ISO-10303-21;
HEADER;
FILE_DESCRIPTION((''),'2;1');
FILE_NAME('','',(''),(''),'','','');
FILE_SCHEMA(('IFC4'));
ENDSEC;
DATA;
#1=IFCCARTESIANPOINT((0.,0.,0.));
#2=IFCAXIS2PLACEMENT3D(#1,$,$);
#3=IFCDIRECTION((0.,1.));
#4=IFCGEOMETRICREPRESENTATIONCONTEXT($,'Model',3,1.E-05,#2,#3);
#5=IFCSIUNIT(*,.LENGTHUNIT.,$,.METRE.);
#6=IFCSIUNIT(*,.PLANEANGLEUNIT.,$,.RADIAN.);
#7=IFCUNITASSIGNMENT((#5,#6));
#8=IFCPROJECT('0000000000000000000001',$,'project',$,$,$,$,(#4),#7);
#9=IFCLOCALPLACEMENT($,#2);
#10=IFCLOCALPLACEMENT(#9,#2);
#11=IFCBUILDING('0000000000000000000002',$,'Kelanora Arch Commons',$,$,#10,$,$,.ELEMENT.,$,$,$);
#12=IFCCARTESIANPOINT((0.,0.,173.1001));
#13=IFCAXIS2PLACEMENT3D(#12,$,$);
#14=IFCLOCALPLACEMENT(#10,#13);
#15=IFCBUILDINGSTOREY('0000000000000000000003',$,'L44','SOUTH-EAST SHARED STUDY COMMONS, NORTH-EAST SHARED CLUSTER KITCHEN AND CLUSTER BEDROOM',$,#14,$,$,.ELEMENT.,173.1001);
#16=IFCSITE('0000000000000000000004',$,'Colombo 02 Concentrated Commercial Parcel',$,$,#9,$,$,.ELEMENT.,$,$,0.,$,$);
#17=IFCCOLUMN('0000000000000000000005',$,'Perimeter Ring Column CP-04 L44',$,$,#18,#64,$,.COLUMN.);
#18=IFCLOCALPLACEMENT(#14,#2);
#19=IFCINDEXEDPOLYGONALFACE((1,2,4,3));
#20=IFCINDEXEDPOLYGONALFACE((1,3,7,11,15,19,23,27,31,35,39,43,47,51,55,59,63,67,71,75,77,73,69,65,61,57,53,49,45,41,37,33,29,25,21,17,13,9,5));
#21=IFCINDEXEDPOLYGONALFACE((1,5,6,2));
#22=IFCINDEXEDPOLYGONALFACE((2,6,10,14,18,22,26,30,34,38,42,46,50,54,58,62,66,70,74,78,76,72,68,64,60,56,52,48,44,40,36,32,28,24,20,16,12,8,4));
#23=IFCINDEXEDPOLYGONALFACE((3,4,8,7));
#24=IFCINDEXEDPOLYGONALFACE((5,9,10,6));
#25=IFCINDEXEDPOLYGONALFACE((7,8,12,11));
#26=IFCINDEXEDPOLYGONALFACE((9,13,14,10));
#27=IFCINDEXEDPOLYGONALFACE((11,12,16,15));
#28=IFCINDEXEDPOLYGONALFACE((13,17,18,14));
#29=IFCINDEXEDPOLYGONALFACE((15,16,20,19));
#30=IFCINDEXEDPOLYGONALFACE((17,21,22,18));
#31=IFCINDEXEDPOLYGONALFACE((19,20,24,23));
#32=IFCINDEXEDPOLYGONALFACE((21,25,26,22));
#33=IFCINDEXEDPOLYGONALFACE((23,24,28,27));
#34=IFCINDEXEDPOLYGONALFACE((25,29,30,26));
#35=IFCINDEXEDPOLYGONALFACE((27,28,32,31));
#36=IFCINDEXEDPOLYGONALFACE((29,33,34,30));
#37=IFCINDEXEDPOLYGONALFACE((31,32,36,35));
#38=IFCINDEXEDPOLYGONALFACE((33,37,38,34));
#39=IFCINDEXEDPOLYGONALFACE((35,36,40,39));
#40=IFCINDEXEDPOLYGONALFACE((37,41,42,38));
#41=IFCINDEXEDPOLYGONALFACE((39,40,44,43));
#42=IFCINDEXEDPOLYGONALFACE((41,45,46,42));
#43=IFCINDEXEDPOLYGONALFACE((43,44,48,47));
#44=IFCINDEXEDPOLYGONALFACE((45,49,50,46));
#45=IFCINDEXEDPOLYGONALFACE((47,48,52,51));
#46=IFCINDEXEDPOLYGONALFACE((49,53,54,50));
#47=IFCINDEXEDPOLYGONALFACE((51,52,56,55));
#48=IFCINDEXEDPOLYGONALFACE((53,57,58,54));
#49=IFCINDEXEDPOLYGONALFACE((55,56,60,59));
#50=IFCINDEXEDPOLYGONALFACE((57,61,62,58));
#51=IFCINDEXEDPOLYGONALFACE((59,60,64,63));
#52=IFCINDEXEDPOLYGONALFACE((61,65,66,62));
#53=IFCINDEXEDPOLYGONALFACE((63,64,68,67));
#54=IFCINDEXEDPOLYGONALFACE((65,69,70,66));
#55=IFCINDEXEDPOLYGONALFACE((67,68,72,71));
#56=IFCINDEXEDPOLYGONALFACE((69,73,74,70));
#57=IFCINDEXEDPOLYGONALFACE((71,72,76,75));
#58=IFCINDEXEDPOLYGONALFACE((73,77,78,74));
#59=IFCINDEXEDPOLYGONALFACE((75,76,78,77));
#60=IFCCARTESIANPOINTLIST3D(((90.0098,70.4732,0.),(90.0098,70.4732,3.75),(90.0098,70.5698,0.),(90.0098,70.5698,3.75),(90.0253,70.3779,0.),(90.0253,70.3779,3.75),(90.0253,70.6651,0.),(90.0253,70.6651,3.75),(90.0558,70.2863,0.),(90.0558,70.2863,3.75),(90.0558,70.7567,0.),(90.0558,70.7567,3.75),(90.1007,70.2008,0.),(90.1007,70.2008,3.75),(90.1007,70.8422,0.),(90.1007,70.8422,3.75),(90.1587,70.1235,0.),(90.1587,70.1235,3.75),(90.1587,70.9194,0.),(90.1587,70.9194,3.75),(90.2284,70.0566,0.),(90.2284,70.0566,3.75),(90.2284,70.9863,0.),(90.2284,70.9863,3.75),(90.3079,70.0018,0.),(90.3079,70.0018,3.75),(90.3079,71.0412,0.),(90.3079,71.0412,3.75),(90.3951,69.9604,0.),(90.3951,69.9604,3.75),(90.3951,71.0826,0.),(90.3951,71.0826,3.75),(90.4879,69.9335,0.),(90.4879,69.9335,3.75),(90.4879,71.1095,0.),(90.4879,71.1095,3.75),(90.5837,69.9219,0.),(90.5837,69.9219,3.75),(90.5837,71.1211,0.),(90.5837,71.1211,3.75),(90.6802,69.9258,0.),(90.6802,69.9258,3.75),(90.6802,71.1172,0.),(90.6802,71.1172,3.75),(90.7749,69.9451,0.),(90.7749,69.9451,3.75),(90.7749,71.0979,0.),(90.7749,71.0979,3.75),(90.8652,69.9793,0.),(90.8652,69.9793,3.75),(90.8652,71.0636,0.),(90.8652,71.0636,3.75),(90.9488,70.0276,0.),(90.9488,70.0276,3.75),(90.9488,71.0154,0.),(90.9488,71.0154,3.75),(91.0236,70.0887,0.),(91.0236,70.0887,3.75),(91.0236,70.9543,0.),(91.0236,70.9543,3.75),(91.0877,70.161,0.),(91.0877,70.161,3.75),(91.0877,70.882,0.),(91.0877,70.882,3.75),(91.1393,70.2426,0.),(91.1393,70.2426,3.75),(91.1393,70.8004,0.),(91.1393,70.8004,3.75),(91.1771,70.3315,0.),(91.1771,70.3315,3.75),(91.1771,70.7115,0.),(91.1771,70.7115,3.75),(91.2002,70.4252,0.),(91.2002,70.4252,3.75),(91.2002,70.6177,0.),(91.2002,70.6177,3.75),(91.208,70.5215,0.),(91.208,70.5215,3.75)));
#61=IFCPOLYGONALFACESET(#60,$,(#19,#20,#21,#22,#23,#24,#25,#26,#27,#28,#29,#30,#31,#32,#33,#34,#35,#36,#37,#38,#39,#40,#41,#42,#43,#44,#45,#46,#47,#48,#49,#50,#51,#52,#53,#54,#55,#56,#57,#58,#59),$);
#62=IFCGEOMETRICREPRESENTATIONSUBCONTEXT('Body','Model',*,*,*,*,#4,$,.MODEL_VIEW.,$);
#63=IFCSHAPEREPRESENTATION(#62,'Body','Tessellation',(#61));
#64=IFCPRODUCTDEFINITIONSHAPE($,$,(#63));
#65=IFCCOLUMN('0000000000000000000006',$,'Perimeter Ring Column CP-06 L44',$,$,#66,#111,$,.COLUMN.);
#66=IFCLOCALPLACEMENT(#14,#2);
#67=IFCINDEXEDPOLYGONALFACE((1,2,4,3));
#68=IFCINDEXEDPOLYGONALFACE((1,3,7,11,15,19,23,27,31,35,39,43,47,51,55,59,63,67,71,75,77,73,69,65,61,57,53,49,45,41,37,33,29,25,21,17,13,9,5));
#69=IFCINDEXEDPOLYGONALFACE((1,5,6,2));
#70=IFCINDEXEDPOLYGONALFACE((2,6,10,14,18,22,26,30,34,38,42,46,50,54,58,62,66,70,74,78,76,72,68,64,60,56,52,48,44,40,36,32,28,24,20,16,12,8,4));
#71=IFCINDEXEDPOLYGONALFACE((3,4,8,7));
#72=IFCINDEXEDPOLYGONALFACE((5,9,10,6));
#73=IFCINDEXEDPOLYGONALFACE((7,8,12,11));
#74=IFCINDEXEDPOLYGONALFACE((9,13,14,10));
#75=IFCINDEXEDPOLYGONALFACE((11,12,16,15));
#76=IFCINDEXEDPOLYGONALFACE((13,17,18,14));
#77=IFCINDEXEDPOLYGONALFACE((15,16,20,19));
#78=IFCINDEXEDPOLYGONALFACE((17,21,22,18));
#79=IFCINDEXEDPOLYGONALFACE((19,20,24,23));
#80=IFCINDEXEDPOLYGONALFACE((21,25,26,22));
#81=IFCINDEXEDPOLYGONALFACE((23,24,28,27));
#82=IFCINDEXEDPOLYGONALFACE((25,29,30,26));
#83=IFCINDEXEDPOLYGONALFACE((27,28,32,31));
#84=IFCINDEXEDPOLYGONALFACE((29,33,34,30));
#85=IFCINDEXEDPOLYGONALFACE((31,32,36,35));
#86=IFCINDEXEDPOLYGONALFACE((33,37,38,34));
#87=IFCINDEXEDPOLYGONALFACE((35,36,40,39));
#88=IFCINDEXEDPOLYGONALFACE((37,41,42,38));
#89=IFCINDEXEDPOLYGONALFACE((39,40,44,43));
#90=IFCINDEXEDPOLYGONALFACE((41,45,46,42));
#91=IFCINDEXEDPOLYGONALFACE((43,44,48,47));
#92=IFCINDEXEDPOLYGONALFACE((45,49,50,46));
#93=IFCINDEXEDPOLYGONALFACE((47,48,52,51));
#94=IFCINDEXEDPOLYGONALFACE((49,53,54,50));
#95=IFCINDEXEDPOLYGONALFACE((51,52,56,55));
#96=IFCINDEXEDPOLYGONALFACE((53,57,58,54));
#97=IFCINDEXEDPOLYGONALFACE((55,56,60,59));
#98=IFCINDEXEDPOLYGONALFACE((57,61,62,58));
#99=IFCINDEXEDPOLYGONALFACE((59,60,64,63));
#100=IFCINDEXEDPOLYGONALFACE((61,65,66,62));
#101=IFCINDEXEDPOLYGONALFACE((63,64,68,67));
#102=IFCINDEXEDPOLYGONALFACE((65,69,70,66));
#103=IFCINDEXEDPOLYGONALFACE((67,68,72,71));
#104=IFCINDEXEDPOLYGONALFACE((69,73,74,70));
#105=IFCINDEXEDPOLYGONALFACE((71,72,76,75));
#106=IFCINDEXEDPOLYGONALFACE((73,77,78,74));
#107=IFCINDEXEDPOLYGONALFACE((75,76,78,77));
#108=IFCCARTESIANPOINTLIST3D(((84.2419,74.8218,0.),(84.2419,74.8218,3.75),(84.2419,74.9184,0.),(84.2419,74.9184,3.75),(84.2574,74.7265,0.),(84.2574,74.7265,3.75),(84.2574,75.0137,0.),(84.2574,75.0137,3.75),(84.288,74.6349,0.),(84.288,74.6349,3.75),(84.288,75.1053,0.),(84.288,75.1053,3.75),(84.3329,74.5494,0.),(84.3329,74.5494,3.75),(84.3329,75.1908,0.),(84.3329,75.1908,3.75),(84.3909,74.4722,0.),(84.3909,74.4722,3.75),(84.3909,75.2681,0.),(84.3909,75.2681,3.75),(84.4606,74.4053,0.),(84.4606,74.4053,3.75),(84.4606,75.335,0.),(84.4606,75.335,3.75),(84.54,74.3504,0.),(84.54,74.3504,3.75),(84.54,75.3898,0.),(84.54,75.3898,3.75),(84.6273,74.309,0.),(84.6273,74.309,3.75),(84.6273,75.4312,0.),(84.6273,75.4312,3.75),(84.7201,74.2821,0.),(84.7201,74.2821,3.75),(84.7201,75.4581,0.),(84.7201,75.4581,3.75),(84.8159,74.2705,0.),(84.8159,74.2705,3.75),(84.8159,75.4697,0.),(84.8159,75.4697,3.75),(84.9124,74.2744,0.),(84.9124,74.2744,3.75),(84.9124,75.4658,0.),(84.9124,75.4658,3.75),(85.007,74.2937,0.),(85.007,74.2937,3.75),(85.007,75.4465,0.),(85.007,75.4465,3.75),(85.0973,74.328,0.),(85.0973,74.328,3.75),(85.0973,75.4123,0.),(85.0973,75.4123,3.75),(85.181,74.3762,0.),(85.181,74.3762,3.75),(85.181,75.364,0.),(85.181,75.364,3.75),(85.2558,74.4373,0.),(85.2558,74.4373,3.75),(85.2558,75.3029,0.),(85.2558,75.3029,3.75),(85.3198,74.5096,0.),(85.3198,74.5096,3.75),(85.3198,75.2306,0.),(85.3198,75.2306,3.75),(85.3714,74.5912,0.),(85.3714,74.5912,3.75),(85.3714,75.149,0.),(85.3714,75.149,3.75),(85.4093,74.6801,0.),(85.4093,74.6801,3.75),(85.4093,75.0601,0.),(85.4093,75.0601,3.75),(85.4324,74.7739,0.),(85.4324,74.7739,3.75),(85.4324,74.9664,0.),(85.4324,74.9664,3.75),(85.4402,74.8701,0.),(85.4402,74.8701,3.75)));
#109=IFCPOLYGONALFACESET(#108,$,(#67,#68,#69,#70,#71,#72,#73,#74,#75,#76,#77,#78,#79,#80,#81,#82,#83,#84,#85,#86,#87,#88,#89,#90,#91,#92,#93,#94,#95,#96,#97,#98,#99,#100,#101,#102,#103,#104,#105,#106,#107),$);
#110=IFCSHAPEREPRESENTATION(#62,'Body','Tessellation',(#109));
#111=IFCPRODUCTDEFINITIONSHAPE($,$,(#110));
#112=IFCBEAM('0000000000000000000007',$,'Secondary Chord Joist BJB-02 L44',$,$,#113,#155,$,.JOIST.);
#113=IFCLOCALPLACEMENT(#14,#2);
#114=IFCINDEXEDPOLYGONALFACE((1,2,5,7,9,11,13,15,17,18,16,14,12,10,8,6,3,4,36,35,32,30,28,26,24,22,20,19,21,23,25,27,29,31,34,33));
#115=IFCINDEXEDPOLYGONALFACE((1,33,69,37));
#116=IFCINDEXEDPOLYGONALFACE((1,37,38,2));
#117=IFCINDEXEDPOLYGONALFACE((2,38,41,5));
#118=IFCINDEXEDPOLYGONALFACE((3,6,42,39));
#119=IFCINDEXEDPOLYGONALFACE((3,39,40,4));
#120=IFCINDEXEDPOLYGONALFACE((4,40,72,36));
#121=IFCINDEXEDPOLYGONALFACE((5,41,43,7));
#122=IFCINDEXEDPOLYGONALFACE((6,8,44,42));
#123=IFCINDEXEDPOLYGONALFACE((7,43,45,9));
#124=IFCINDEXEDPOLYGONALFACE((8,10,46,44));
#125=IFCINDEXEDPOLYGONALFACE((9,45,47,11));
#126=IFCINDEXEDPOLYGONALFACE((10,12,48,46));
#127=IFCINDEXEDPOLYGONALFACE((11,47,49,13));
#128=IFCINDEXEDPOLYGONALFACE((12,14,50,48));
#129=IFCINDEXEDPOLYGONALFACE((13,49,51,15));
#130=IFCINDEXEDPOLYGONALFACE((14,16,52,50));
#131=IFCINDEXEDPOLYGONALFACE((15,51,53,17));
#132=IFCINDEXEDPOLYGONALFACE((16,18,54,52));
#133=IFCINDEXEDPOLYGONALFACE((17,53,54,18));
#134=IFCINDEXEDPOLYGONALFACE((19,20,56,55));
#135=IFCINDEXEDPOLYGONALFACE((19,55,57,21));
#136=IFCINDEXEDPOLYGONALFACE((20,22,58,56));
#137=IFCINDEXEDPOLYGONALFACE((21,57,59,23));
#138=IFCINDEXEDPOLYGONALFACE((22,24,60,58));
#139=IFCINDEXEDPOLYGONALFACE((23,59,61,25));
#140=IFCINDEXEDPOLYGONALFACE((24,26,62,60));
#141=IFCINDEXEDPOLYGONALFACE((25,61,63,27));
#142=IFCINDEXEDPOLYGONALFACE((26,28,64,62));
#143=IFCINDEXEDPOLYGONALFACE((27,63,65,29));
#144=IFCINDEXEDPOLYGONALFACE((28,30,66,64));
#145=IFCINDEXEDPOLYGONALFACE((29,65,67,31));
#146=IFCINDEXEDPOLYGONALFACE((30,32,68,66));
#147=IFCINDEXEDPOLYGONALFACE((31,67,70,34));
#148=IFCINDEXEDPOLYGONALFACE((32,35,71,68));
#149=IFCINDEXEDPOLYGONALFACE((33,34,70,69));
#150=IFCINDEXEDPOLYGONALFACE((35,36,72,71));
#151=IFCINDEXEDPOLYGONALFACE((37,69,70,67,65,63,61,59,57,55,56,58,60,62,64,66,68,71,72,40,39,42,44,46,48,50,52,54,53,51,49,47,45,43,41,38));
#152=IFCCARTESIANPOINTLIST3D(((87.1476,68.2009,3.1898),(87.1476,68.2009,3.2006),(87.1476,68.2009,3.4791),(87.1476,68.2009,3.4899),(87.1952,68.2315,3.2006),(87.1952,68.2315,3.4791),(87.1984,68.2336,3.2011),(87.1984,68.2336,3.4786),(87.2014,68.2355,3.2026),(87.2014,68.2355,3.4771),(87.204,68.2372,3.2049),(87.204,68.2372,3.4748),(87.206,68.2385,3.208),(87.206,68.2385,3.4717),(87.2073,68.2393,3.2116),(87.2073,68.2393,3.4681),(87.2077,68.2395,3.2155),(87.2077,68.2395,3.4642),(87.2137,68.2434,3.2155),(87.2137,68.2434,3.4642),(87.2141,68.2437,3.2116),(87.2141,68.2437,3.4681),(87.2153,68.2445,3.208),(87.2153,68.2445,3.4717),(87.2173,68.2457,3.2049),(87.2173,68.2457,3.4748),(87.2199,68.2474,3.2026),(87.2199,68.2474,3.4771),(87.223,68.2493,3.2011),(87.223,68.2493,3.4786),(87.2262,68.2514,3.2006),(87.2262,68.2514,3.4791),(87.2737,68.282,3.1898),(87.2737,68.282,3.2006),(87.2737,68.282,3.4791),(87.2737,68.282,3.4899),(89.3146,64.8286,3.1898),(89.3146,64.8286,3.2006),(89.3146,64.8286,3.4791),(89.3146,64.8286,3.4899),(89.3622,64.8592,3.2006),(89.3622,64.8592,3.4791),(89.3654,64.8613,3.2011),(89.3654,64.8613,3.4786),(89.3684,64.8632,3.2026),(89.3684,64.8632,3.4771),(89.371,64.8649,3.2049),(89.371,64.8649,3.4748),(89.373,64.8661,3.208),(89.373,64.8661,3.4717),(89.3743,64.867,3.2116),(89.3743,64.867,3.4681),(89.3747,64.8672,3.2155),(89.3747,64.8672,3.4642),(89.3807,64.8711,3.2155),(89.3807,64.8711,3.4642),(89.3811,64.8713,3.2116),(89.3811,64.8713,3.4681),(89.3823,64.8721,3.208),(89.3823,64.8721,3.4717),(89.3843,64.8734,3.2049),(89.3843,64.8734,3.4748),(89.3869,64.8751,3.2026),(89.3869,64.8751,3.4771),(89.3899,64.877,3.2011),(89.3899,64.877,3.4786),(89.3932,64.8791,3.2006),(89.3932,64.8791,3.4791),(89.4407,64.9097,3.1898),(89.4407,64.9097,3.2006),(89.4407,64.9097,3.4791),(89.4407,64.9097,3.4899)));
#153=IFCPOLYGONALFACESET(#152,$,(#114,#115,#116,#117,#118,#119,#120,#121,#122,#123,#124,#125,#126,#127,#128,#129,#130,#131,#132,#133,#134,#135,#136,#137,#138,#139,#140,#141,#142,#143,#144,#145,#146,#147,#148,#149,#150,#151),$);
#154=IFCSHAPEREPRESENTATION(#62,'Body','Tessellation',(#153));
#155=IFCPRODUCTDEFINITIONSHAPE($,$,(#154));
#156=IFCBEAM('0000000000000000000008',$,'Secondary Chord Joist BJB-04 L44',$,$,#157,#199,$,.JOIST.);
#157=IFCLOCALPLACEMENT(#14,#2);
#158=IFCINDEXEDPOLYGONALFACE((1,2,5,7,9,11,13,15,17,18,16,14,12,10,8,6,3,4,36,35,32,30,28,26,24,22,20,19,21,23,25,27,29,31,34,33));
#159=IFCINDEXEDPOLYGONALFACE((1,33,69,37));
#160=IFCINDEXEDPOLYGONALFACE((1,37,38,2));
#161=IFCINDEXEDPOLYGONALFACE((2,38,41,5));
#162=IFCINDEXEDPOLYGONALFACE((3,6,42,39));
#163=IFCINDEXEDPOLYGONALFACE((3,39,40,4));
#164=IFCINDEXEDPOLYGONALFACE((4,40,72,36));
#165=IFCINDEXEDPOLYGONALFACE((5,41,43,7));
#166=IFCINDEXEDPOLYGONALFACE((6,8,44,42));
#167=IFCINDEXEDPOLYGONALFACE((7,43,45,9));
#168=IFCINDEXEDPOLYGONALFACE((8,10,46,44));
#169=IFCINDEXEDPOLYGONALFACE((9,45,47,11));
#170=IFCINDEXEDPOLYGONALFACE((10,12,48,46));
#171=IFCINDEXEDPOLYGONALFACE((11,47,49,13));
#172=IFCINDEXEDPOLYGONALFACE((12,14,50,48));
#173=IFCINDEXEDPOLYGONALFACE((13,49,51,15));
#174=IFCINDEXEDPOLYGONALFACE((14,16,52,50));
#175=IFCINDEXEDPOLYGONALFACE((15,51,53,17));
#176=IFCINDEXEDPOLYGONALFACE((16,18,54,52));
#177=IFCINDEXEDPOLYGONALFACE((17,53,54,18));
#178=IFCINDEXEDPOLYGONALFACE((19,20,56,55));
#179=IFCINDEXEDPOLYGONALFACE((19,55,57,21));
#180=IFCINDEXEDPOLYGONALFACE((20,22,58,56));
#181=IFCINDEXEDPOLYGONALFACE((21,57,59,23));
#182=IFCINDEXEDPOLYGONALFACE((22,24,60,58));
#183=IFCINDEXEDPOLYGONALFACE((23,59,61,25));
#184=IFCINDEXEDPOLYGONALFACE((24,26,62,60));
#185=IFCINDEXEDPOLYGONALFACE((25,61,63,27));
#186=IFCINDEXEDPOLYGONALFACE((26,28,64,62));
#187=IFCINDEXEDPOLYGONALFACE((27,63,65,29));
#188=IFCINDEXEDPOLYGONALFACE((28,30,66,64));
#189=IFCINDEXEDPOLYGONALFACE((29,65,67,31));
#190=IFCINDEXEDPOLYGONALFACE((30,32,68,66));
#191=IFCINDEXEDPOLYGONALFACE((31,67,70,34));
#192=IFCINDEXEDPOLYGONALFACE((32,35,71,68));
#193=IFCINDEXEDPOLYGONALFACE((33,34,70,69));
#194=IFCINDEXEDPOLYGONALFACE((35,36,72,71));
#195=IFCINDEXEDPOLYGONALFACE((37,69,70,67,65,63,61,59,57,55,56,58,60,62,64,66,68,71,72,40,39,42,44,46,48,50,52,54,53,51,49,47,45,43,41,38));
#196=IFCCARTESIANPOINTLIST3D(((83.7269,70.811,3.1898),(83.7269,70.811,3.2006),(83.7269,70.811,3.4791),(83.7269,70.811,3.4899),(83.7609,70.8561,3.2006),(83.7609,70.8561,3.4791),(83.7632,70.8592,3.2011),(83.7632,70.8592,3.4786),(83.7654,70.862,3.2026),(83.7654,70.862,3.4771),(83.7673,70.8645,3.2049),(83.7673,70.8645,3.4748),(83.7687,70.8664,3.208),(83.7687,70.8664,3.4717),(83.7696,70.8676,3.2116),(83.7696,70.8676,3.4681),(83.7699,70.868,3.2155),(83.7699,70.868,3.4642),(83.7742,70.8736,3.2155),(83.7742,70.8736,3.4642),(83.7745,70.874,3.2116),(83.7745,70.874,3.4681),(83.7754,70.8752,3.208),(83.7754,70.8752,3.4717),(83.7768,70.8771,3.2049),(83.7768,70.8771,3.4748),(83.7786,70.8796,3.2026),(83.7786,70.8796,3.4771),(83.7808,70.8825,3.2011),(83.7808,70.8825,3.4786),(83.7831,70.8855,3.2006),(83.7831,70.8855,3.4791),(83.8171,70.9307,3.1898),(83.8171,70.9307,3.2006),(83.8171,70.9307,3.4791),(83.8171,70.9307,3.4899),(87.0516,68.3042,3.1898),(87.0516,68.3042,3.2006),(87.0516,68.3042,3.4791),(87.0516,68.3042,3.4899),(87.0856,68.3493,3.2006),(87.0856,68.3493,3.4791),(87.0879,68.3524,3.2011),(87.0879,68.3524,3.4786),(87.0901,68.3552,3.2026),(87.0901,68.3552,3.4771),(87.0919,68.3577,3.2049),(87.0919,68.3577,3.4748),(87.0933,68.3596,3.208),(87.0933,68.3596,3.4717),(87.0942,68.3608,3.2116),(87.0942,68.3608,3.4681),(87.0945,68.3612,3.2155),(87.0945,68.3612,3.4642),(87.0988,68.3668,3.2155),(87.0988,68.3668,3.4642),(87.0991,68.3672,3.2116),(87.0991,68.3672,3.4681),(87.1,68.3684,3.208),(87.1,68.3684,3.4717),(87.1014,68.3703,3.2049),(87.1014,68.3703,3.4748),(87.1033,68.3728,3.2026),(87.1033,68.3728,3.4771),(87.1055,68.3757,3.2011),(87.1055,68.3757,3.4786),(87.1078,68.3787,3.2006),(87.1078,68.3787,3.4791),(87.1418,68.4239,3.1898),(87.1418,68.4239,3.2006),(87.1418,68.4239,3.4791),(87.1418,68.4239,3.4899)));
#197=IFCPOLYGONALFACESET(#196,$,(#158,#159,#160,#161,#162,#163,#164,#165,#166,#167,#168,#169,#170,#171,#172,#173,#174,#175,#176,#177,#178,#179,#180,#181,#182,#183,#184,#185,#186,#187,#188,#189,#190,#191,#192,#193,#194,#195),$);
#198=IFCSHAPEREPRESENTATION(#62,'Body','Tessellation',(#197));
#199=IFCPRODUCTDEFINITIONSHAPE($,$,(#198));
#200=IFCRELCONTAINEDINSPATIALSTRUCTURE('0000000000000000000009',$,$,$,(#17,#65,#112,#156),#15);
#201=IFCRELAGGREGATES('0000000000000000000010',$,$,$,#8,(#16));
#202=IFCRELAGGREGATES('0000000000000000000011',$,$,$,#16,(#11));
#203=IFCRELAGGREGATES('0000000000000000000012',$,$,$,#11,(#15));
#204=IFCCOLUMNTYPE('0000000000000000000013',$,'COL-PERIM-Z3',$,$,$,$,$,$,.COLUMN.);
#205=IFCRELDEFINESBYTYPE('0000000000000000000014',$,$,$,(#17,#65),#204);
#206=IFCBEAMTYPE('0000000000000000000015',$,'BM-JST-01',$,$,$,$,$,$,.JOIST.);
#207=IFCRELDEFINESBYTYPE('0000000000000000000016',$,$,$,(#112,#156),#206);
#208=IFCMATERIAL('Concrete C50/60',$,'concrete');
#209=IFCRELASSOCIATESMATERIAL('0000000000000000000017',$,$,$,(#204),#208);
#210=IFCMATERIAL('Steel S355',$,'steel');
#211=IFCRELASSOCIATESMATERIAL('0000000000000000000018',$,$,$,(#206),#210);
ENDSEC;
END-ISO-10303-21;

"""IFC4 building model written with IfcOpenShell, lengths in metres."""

from ifc_helpers import new_model, si_unit, direction, frame, origin, origin_2d, place, context, subcontext, project, spatial, circle, i_section, extrude, material, material_profile, profile_set, type_object, element, save


model = new_model("IFC4")

# Units and contexts
model_context = context("Model", 3, precision=1e-05, world=origin(), true_north=direction((0.0, 1.0)))
body_context = subcontext(model_context, "Body", "Model", "MODEL_VIEW")
ifc_project = project(units=[si_unit("LENGTHUNIT", "METRE"), si_unit("PLANEANGLEUNIT", "RADIAN")], contexts=[model_context])

# Site, building, storey
site_placement = place(None, origin())
site = spatial("IfcSite", under=ifc_project, at=site_placement, Name="Colombo 02 Concentrated Commercial Parcel", CompositionType="ELEMENT", RefElevation=0.0)
building_placement = place(site_placement, origin())
building = spatial("IfcBuilding", under=site, at=building_placement, Name="Kelanora Arch Commons", CompositionType="ELEMENT")
storey_placement = place(building_placement, frame((0.0, 0.0, 173.1001)))
storey = spatial("IfcBuildingStorey", under=building, at=storey_placement, Name="L44", Description="SOUTH-EAST SHARED STUDY COMMONS, NORTH-EAST SHARED CLUSTER KITCHEN AND CLUSTER BEDROOM", CompositionType="ELEMENT", Elevation=173.1001)

# Columns
ifc_material_1 = material(Name="Concrete C50/60", Category="concrete")
ifc_material_profile_1 = material_profile(ifc_material_1, circle(Radius=0.6001, at=origin_2d()), Name="RCC1200")
ifc_profile_set_1 = profile_set([ifc_material_profile_1], Name="Concrete C50/60")
column_type = type_object("IfcColumnType", Name="COL-PERIM-Z3", PredefinedType="COLUMN", material=ifc_profile_set_1)
for number, where, z_axis, x_axis, name in (
    (1, (90.6079, 70.5215, 0.0), (0.0, 0.0, 1.0), (1.0, 0.0, 0.0), "Perimeter Ring Column CP-04 L44"),
    (2, (84.8401, 74.8701, 0.0), (0.0, 0.0, 1.0), (1.0, 0.0, 0.0), "Perimeter Ring Column CP-06 L44"),
):
    element("IfcColumn", number, at=place(storey_placement, frame(where, z_axis=z_axis, x_axis=x_axis)), inside=storey, type_object=column_type, Name=name, PredefinedType="COLUMN", context=body_context, shape_type="SweptSolid", body=[
        extrude(circle(Radius=0.6001, at=origin_2d()), origin(), (0.0, 0.0, 1.0), 3.75),
    ])

# Beams
ifc_material_2 = material(Name="Steel S355", Category="steel")
ifc_material_profile_2 = material_profile(ifc_material_2, i_section(OverallWidth=0.1499, OverallDepth=0.3, WebThickness=0.0071, FlangeThickness=0.0107, FilletRadius=0.0149, at=origin_2d()), Name="IPE300")
ifc_profile_set_2 = profile_set([ifc_material_profile_2], Name="Steel S355")
beam_type_1 = type_object("IfcBeamType", Name="BM-JST-01", PredefinedType="JOIST", material=ifc_profile_set_2)
beam_1_placement = place(storey_placement, frame((89.3777, 64.8691, 3.3398), z_axis=(-0.540594, 0.841283, 0.0), x_axis=(-0.841283, -0.540594, 0.0)))
element("IfcBeam", 3, at=beam_1_placement, inside=storey, type_object=beam_type_1, Name="Secondary Chord Joist BJB-02 L44", PredefinedType="JOIST", context=body_context, shape_type="SweptSolid", body=[
    extrude(i_section(OverallWidth=0.1499, OverallDepth=0.3, WebThickness=0.0071, FlangeThickness=0.0107, FilletRadius=0.0149, at=origin_2d()), origin(), (0.0, 0.0, 1.0), 4.0085),
])
beam_2_placement = place(storey_placement, frame((87.0967, 68.364, 3.3398), z_axis=(-0.798464, 0.602043, 0.0), x_axis=(-0.602043, -0.798464, 0.0)))
element("IfcBeam", 4, at=beam_2_placement, inside=storey, type_object=beam_type_1, Name="Secondary Chord Joist BJB-04 L44", PredefinedType="JOIST", context=body_context, shape_type="SweptSolid", body=[
    extrude(i_section(OverallWidth=0.1499, OverallDepth=0.3, WebThickness=0.0071, FlangeThickness=0.0107, FilletRadius=0.0149, at=origin_2d()), origin(), (0.0, 0.0, 1.0), 4.1638),
])

save(model, "model.ifc")
